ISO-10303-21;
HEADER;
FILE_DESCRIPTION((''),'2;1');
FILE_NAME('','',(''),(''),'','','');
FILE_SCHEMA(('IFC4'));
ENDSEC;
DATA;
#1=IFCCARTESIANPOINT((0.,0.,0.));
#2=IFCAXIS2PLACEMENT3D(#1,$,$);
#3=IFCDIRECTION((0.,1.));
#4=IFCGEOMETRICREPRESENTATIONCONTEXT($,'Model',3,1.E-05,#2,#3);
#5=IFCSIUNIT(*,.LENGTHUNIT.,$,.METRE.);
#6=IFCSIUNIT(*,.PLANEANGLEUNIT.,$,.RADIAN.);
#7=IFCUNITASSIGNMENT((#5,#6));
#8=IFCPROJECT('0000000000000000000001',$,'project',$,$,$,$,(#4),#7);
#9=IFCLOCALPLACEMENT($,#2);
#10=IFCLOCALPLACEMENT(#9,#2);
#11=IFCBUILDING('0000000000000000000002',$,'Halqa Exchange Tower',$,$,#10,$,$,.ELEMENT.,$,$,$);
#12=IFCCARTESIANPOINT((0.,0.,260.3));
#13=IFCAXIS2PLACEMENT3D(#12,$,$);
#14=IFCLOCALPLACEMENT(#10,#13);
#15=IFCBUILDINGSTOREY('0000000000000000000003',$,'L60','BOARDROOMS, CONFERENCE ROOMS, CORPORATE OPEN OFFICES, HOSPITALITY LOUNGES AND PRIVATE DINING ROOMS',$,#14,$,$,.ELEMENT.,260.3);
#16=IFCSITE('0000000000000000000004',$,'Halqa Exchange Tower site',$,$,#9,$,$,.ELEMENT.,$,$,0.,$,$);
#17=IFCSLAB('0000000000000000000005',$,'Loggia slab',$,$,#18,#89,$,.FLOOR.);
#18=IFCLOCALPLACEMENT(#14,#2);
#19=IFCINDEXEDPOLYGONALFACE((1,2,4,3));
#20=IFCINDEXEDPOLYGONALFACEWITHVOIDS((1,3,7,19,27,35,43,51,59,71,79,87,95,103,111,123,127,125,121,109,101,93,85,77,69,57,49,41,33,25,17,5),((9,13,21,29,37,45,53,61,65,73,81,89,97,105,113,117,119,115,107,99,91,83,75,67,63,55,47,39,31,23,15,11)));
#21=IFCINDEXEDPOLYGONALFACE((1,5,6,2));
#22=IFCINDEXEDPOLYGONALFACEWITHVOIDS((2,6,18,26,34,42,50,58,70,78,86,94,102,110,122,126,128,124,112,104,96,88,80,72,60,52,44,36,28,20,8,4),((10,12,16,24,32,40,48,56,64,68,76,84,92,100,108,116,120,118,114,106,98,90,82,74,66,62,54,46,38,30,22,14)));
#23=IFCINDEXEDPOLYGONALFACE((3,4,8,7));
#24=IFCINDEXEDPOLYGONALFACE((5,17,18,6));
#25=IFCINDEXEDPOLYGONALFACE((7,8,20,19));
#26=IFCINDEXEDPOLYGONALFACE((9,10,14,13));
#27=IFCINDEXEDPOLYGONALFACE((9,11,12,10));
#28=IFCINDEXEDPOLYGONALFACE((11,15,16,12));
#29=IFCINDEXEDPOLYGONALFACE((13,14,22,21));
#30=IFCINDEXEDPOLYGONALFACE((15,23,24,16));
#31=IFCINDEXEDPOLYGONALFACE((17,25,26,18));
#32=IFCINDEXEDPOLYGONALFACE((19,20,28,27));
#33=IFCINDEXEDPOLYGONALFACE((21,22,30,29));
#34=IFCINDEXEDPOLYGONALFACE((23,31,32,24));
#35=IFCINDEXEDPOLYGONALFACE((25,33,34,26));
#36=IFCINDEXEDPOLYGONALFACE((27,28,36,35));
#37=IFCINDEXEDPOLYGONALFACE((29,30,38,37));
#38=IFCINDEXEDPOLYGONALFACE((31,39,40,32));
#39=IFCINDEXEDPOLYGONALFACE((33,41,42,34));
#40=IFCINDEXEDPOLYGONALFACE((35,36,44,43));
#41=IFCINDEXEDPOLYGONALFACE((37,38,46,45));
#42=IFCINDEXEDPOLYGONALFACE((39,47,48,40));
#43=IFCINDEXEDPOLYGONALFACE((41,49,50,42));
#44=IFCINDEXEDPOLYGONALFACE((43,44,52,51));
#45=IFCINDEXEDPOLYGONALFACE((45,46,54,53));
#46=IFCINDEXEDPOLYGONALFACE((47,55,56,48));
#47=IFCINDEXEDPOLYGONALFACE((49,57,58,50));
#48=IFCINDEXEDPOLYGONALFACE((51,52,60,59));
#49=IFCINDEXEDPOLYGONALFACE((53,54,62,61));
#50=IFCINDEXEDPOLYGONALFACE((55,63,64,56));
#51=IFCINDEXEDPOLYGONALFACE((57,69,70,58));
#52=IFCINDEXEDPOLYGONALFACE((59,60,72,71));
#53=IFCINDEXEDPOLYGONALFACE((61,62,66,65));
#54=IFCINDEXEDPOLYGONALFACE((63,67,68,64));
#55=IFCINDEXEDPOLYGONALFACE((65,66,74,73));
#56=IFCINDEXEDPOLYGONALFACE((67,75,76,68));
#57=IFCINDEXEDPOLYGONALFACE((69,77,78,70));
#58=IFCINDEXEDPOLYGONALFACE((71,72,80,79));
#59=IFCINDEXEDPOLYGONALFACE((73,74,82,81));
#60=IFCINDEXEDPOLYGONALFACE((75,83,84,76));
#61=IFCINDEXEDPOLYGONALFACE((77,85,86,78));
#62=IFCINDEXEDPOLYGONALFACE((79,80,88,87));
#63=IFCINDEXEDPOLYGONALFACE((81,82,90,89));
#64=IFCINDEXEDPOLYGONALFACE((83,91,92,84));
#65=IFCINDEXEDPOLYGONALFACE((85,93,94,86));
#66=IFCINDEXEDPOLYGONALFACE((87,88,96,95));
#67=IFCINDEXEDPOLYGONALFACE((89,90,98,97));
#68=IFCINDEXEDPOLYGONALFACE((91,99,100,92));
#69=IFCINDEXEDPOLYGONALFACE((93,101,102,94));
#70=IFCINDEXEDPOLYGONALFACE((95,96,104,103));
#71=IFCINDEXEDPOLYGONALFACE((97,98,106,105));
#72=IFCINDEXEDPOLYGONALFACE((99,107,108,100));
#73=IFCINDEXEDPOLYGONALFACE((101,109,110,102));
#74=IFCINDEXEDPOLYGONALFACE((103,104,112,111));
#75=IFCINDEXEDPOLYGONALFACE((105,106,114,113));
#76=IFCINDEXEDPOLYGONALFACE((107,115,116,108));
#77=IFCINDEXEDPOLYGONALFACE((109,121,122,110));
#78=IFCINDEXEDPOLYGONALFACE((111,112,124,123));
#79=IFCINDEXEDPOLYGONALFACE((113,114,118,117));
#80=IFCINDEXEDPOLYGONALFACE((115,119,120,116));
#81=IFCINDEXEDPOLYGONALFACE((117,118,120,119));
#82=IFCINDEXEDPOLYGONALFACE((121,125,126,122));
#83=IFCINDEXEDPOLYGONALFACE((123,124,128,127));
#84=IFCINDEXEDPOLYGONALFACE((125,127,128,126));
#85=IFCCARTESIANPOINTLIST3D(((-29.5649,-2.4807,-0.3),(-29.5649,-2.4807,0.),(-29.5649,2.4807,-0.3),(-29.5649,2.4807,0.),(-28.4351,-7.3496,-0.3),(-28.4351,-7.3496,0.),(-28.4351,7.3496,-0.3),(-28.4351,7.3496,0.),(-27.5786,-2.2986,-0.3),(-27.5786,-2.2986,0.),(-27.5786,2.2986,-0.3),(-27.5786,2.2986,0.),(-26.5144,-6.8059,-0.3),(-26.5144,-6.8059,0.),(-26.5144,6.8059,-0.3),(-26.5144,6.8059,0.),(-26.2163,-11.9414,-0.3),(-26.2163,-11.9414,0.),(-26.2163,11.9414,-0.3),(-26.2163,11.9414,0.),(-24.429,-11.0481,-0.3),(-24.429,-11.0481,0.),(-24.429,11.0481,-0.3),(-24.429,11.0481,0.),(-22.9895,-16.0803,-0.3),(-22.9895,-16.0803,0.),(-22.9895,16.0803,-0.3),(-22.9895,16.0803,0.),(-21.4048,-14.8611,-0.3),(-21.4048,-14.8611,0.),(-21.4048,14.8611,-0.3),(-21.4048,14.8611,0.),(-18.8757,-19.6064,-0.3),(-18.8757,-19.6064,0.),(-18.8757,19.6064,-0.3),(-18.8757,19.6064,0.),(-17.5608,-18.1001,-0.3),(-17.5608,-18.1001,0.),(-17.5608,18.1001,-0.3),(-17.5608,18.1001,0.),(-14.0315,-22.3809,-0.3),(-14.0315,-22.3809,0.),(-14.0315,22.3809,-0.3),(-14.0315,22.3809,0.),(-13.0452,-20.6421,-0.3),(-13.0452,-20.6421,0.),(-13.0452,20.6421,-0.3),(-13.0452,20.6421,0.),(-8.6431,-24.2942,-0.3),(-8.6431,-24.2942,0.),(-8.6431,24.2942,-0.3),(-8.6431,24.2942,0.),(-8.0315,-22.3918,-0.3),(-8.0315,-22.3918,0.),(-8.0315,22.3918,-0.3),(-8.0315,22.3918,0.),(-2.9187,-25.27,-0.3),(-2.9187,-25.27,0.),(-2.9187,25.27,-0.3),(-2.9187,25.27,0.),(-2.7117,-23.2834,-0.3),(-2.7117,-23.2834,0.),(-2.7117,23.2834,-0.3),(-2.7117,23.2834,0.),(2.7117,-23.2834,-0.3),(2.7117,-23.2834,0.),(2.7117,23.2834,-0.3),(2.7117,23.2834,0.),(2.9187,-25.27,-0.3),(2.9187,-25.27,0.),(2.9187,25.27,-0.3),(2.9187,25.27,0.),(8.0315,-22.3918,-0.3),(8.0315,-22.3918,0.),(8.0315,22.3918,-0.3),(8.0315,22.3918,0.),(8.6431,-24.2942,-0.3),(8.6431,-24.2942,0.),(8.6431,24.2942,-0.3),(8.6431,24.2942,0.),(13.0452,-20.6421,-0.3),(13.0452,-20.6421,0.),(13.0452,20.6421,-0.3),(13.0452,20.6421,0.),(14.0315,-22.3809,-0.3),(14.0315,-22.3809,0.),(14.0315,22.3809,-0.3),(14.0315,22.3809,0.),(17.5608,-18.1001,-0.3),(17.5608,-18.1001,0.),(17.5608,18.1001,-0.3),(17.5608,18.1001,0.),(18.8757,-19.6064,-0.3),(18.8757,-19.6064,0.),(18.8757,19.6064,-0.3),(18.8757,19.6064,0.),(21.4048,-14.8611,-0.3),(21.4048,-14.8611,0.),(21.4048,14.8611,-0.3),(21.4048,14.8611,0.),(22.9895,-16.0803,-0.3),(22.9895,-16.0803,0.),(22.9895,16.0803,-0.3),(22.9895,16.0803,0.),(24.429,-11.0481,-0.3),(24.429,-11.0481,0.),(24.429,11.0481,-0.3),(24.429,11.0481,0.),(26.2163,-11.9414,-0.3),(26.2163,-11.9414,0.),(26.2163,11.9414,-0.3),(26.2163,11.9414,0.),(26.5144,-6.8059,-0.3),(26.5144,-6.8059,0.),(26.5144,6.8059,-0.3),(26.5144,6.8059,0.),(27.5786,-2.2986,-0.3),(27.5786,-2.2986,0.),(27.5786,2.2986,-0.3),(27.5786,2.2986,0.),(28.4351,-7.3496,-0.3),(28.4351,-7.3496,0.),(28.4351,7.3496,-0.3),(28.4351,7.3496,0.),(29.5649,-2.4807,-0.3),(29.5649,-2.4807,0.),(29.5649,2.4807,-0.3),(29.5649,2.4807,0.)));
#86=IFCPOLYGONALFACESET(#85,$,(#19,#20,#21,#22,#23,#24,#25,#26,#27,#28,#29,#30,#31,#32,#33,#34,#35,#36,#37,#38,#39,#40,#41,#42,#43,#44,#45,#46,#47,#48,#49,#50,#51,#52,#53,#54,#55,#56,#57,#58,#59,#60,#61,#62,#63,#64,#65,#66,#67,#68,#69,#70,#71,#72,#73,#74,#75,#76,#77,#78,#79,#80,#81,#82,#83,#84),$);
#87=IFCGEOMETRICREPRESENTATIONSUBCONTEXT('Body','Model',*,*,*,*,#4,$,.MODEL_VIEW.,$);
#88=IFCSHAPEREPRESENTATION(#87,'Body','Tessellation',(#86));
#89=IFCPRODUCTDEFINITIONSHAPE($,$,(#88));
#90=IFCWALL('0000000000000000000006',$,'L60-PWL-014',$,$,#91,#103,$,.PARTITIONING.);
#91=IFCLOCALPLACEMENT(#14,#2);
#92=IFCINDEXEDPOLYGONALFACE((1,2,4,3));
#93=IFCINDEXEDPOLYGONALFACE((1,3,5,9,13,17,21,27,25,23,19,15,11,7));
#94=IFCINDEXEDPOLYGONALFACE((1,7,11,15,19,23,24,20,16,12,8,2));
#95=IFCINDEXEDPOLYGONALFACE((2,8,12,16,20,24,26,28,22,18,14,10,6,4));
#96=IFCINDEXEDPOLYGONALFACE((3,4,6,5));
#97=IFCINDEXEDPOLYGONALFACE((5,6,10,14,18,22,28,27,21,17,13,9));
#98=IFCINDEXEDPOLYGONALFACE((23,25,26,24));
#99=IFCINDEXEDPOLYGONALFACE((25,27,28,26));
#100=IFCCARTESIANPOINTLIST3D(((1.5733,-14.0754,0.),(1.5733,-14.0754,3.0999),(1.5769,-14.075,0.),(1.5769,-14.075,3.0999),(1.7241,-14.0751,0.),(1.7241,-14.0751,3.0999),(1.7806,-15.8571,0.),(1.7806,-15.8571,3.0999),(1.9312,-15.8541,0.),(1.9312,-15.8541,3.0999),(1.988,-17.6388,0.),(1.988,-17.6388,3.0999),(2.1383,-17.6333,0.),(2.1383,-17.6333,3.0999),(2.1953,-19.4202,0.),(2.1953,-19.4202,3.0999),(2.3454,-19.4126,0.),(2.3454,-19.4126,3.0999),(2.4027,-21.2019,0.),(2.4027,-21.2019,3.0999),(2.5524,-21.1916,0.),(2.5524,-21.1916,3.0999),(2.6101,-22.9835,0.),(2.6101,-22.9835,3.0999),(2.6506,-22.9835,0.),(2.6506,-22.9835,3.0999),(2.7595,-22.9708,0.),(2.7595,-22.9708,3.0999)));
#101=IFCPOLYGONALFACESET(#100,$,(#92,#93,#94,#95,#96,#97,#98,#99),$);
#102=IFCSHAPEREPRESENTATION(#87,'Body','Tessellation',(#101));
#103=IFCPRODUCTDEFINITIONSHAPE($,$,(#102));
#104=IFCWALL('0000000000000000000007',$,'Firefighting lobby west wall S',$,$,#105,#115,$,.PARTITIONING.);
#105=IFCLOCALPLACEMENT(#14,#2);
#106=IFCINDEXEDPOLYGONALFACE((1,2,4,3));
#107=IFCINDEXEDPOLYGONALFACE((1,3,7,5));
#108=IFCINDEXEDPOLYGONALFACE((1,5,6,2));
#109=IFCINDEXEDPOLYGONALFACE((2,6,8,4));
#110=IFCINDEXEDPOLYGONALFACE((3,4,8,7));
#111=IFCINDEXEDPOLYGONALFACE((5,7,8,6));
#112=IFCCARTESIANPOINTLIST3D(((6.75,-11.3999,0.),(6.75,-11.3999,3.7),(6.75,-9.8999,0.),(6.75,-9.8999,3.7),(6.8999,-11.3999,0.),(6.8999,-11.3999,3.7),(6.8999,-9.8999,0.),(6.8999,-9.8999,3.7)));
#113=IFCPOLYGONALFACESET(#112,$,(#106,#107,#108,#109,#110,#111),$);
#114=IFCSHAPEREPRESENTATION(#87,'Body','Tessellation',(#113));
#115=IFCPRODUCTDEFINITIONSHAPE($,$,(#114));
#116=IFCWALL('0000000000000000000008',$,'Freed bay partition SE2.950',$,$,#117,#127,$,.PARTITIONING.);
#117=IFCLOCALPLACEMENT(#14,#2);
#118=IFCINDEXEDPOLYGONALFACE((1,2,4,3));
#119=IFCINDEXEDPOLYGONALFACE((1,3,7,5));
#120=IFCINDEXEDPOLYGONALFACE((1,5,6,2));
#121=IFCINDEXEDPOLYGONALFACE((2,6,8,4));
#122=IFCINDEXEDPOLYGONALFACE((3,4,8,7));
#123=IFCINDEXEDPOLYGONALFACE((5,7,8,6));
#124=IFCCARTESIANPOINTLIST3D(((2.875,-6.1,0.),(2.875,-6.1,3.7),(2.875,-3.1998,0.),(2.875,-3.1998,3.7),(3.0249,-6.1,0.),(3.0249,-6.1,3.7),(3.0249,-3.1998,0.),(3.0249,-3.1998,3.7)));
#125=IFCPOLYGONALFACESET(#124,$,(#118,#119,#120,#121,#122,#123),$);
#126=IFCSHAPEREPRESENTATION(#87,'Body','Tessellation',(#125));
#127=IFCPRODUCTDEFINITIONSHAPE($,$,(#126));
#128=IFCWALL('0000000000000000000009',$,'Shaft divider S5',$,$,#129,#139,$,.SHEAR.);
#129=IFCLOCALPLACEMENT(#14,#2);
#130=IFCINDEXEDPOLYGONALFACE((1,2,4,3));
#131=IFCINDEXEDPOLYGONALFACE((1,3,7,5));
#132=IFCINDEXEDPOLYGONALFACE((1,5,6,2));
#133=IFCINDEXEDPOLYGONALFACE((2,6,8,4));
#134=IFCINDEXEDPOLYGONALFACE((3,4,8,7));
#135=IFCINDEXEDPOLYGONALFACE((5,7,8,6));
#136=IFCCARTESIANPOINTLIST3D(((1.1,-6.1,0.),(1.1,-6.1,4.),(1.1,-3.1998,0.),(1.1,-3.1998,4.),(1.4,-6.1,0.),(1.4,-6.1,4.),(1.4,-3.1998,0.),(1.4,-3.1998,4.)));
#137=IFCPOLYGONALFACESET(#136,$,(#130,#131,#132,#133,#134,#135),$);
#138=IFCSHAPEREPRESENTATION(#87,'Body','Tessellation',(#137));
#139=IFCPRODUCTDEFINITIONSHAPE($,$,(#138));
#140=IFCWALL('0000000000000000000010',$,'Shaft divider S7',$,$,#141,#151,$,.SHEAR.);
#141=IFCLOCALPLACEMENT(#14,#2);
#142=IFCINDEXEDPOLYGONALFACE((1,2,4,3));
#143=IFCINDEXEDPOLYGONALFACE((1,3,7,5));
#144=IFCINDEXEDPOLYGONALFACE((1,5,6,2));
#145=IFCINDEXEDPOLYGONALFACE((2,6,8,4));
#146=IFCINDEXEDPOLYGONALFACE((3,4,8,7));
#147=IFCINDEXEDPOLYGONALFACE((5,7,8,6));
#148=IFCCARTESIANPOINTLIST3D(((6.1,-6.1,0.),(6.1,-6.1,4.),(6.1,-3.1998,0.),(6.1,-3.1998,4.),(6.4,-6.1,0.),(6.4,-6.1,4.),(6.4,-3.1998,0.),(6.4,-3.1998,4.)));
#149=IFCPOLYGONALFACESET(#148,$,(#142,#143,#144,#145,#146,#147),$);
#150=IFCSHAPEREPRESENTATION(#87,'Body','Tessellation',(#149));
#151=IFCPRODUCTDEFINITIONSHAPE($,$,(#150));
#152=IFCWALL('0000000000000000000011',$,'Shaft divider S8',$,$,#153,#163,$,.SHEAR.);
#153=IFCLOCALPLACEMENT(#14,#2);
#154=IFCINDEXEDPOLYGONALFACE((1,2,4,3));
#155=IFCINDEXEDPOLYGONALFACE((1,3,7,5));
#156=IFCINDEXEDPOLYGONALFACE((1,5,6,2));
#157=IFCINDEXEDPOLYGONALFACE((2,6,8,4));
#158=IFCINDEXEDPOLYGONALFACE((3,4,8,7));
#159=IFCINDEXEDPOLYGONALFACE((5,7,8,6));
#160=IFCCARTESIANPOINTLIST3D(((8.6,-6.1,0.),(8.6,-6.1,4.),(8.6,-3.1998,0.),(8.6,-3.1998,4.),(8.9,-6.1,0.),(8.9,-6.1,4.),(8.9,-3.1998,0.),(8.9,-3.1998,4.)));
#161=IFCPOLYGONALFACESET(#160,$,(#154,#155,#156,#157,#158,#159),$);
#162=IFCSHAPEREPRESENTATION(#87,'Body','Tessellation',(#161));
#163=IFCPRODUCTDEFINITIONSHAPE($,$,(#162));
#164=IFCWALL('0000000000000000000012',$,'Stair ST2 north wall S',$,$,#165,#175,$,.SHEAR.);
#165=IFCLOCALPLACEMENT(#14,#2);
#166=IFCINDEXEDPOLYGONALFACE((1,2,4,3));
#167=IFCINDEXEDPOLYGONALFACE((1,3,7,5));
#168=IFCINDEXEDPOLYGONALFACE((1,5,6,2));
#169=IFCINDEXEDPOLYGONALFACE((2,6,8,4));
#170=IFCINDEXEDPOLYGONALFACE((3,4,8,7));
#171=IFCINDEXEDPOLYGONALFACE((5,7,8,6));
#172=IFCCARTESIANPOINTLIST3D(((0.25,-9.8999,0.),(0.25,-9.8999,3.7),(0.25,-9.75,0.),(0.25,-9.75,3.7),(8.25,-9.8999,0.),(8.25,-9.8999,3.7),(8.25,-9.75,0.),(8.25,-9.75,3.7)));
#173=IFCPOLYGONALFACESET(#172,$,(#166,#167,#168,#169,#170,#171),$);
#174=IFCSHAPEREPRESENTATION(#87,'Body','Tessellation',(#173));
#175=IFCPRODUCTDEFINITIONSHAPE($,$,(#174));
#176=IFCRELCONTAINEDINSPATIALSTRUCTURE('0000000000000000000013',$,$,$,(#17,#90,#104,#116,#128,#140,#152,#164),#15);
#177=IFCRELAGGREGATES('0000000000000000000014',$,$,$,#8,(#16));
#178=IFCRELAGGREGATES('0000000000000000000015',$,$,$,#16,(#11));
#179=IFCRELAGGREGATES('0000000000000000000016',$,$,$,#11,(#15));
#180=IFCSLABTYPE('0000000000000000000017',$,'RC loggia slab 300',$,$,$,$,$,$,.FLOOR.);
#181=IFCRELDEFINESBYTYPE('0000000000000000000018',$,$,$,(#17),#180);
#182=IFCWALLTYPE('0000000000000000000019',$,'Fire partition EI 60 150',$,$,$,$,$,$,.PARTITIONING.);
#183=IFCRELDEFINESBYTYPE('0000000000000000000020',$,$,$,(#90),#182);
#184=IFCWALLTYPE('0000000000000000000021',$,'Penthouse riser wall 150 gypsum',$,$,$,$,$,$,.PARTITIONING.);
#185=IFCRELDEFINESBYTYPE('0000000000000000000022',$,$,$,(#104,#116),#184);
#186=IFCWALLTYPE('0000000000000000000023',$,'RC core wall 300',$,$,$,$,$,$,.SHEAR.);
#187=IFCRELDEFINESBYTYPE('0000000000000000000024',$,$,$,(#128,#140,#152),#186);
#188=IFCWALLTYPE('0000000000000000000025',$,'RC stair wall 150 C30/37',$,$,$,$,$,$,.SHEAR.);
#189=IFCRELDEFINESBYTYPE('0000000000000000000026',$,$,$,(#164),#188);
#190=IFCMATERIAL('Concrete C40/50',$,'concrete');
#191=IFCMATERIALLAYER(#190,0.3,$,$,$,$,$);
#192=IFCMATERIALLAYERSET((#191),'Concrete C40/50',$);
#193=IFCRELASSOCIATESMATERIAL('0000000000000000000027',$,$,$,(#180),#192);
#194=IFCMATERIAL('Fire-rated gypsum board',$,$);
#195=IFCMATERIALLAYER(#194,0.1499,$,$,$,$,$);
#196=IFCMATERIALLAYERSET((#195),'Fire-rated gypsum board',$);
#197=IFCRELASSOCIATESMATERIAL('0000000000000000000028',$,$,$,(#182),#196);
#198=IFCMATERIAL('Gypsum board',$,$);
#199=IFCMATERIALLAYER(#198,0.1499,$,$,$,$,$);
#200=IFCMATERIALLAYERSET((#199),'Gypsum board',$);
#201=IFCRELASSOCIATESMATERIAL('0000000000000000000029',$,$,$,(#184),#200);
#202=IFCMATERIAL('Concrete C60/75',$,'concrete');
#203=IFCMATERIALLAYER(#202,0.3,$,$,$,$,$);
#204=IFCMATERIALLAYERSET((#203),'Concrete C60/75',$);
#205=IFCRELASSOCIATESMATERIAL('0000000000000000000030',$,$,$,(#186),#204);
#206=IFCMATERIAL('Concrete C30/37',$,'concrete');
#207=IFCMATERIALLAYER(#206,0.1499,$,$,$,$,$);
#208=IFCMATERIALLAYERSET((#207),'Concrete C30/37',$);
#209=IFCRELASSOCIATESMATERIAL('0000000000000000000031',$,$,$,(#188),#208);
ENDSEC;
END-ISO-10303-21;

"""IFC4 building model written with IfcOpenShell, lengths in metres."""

from ifc_helpers import new_model, si_unit, direction, frame, frame_2d, origin, place, context, subcontext, project, spatial, polyline, rectangle, outline, extrude, material, layer, layer_set, type_object, element, save


model = new_model("IFC4")

# Units and contexts
model_context = context("Model", 3, precision=1e-05, world=origin(), true_north=direction((0.0, 1.0)))
body_context = subcontext(model_context, "Body", "Model", "MODEL_VIEW")
ifc_project = project(units=[si_unit("LENGTHUNIT", "METRE"), si_unit("PLANEANGLEUNIT", "RADIAN")], contexts=[model_context])

# Site, building, storey
site_placement = place(None, origin())
site = spatial("IfcSite", under=ifc_project, at=site_placement, Name="Halqa Exchange Tower site", CompositionType="ELEMENT", RefElevation=0.0)
building_placement = place(site_placement, origin())
building = spatial("IfcBuilding", under=site, at=building_placement, Name="Halqa Exchange Tower", CompositionType="ELEMENT")
storey_placement = place(building_placement, frame((0.0, 0.0, 260.3)))
storey = spatial("IfcBuildingStorey", under=building, at=storey_placement, Name="L60", Description="BOARDROOMS, CONFERENCE ROOMS, CORPORATE OPEN OFFICES, HOSPITALITY LOUNGES AND PRIVATE DINING ROOMS", CompositionType="ELEMENT", Elevation=260.3)

# Shared definitions
ifc_material_1 = material(Name="Concrete C60/75", Category="concrete")

# Slab
ifc_material_2 = material(Name="Concrete C40/50", Category="concrete")
ifc_layer_1 = layer(ifc_material_2, 0.3)
ifc_layer_set_1 = layer_set([ifc_layer_1], Name="Concrete C40/50")
slab_type_1 = type_object("IfcSlabType", Name="RC loggia slab 300", PredefinedType="FLOOR", material=ifc_layer_set_1)
slab_1_placement = place(storey_placement, frame((0.0, 0.0, -0.3)))
element("IfcSlab", 1, at=slab_1_placement, inside=storey, type_object=slab_type_1, Name="Loggia slab", PredefinedType="FLOOR", context=body_context, shape_type="SweptSolid", body=[
    extrude(outline(polyline([(29.5649, 2.4807), (29.5649, -2.4807), (28.4351, -7.3496), (26.2163, -11.9414), (22.9895, -16.0803), (18.8757, -19.6064), (14.0315, -22.3809), (8.6431, -24.2942), (2.9187, -25.27), (-2.9187, -25.27), (-8.6431, -24.2942), (-14.0315, -22.3809), (-18.8757, -19.6064), (-22.9895, -16.0803), (-26.2163, -11.9414), (-28.4351, -7.3496), (-29.5649, -2.4807), (-29.5649, 2.4807), (-28.4351, 7.3496), (-26.2163, 11.9414), (-22.9895, 16.0803), (-18.8757, 19.6064), (-14.0315, 22.3809), (-8.6431, 24.2942), (-2.9187, 25.27), (2.9187, 25.27), (8.6431, 24.2942), (14.0315, 22.3809), (18.8757, 19.6064), (22.9895, 16.0803), (26.2163, 11.9414), (28.4351, 7.3496), (29.5649, 2.4807)]), holes=[polyline([(27.5786, 2.2986), (26.5144, 6.8059), (24.429, 11.0481), (21.4048, 14.8611), (17.5608, 18.1001), (13.0452, 20.6421), (8.0315, 22.3918), (2.7117, 23.2834), (-2.7117, 23.2834), (-8.0315, 22.3918), (-13.0452, 20.6421), (-17.5608, 18.1001), (-21.4048, 14.8611), (-24.429, 11.0481), (-26.5144, 6.8059), (-27.5786, 2.2986), (-27.5786, -2.2986), (-26.5144, -6.8059), (-24.429, -11.0481), (-21.4048, -14.8611), (-17.5608, -18.1001), (-13.0452, -20.6421), (-8.0315, -22.3918), (-2.7117, -23.2834), (2.7117, -23.2834), (8.0315, -22.3918), (13.0452, -20.6421), (17.5608, -18.1001), (21.4048, -14.8611), (24.429, -11.0481), (26.5144, -6.8059), (27.5786, -2.2986), (27.5786, 2.2986)])]), origin(), (0.0, 0.0, 1.0), 0.3),
])

# Walls
ifc_material_3 = material(Name="Fire-rated gypsum board")
ifc_layer_2 = layer(ifc_material_3, 0.1499)
ifc_layer_set_2 = layer_set([ifc_layer_2], Name="Fire-rated gypsum board")
wall_type_1 = type_object("IfcWallType", Name="Fire partition EI 60 150", PredefinedType="PARTITIONING", material=ifc_layer_set_2)
wall_1_placement = place(storey_placement, frame((2.6851, -22.9795, 0.0), z_axis=(0.0, 0.0, 1.0), x_axis=(-0.115608, 0.993295, 0.0)))
element("IfcWall", 2, at=wall_1_placement, inside=storey, type_object=wall_type_1, Name="L60-PWL-014", PredefinedType="PARTITIONING", context=body_context, shape_type="SweptSolid", body=[
    extrude(outline(polyline([(0.0, -0.075), (1.7913, -0.075), (3.5823, -0.075), (5.3735, -0.075), (7.1648, -0.075), (8.9558, -0.075), (8.9729, 0.0713), (8.9729, 0.075), (7.1792, 0.075), (5.3855, 0.075), (3.592, 0.075), (1.7983, 0.075), (0.0046, 0.075), (0.0, 0.0347), (0.0, -0.075)])), origin(), (0.0, 0.0, 1.0), 3.0999),
])
ifc_material_4 = material(Name="Gypsum board")
ifc_layer_3 = layer(ifc_material_4, 0.1499)
ifc_layer_set_3 = layer_set([ifc_layer_3], Name="Gypsum board")
wall_type_2 = type_object("IfcWallType", Name="Penthouse riser wall 150 gypsum", PredefinedType="PARTITIONING", material=ifc_layer_set_3)
wall_2_placement = place(storey_placement, frame((6.825, -11.3999, 0.0), z_axis=(0.0, 0.0, 1.0), x_axis=(0.0, 1.0, 0.0)))
element("IfcWall", 3, at=wall_2_placement, inside=storey, type_object=wall_type_2, Name="Firefighting lobby west wall S", PredefinedType="PARTITIONING", context=body_context, shape_type="SweptSolid", body=[
    extrude(rectangle(XDim=1.5, YDim=0.1499, at=frame_2d((0.75, 0.0))), origin(), (0.0, 0.0, 1.0), 3.7),
])
wall_3_placement = place(storey_placement, frame((2.95, -6.1001, 0.0), z_axis=(0.0, 0.0, 1.0), x_axis=(0.0, 1.0, 0.0)))
element("IfcWall", 4, at=wall_3_placement, inside=storey, type_object=wall_type_2, Name="Freed bay partition SE2.950", PredefinedType="PARTITIONING", context=body_context, shape_type="SweptSolid", body=[
    extrude(rectangle(XDim=2.9001, YDim=0.1499, at=frame_2d((1.4502, 0.0))), origin(), (0.0, 0.0, 1.0), 3.7),
])
ifc_layer_4 = layer(ifc_material_1, 0.3)
ifc_layer_set_4 = layer_set([ifc_layer_4], Name="Concrete C60/75")
wall_type_3 = type_object("IfcWallType", Name="RC core wall 300", PredefinedType="SHEAR", material=ifc_layer_set_4)
for number, where, z_axis, x_axis, name in (
    (5, (1.25, -6.1001, 0.0), (0.0, 0.0, 1.0), (0.0, 1.0, 0.0), "Shaft divider S5"),
    (6, (6.25, -6.1001, 0.0), (0.0, 0.0, 1.0), (0.0, 1.0, 0.0), "Shaft divider S7"),
    (7, (8.75, -6.1001, 0.0), (0.0, 0.0, 1.0), (0.0, 1.0, 0.0), "Shaft divider S8"),
):
    element("IfcWall", number, at=place(storey_placement, frame(where, z_axis=z_axis, x_axis=x_axis)), inside=storey, type_object=wall_type_3, Name=name, PredefinedType="SHEAR", context=body_context, shape_type="SweptSolid", body=[
        extrude(rectangle(XDim=2.9001, YDim=0.3, at=frame_2d((1.4502, 0.0))), origin(), (0.0, 0.0, 1.0), 4.0),
    ])
ifc_material_5 = material(Name="Concrete C30/37", Category="concrete")
ifc_layer_5 = layer(ifc_material_5, 0.1499)
ifc_layer_set_5 = layer_set([ifc_layer_5], Name="Concrete C30/37")
wall_type_4 = type_object("IfcWallType", Name="RC stair wall 150 C30/37", PredefinedType="SHEAR", material=ifc_layer_set_5)
wall_4_placement = place(storey_placement, frame((0.25, -9.825, 0.0), z_axis=(0.0, 0.0, 1.0), x_axis=(1.0, 0.0, 0.0)))
element("IfcWall", 8, at=wall_4_placement, inside=storey, type_object=wall_type_4, Name="Stair ST2 north wall S", PredefinedType="SHEAR", context=body_context, shape_type="SweptSolid", body=[
    extrude(rectangle(XDim=8.0, YDim=0.1499, at=frame_2d((4.0, 0.0))), origin(), (0.0, 0.0, 1.0), 3.7),
])

save(model, "model.ifc")
